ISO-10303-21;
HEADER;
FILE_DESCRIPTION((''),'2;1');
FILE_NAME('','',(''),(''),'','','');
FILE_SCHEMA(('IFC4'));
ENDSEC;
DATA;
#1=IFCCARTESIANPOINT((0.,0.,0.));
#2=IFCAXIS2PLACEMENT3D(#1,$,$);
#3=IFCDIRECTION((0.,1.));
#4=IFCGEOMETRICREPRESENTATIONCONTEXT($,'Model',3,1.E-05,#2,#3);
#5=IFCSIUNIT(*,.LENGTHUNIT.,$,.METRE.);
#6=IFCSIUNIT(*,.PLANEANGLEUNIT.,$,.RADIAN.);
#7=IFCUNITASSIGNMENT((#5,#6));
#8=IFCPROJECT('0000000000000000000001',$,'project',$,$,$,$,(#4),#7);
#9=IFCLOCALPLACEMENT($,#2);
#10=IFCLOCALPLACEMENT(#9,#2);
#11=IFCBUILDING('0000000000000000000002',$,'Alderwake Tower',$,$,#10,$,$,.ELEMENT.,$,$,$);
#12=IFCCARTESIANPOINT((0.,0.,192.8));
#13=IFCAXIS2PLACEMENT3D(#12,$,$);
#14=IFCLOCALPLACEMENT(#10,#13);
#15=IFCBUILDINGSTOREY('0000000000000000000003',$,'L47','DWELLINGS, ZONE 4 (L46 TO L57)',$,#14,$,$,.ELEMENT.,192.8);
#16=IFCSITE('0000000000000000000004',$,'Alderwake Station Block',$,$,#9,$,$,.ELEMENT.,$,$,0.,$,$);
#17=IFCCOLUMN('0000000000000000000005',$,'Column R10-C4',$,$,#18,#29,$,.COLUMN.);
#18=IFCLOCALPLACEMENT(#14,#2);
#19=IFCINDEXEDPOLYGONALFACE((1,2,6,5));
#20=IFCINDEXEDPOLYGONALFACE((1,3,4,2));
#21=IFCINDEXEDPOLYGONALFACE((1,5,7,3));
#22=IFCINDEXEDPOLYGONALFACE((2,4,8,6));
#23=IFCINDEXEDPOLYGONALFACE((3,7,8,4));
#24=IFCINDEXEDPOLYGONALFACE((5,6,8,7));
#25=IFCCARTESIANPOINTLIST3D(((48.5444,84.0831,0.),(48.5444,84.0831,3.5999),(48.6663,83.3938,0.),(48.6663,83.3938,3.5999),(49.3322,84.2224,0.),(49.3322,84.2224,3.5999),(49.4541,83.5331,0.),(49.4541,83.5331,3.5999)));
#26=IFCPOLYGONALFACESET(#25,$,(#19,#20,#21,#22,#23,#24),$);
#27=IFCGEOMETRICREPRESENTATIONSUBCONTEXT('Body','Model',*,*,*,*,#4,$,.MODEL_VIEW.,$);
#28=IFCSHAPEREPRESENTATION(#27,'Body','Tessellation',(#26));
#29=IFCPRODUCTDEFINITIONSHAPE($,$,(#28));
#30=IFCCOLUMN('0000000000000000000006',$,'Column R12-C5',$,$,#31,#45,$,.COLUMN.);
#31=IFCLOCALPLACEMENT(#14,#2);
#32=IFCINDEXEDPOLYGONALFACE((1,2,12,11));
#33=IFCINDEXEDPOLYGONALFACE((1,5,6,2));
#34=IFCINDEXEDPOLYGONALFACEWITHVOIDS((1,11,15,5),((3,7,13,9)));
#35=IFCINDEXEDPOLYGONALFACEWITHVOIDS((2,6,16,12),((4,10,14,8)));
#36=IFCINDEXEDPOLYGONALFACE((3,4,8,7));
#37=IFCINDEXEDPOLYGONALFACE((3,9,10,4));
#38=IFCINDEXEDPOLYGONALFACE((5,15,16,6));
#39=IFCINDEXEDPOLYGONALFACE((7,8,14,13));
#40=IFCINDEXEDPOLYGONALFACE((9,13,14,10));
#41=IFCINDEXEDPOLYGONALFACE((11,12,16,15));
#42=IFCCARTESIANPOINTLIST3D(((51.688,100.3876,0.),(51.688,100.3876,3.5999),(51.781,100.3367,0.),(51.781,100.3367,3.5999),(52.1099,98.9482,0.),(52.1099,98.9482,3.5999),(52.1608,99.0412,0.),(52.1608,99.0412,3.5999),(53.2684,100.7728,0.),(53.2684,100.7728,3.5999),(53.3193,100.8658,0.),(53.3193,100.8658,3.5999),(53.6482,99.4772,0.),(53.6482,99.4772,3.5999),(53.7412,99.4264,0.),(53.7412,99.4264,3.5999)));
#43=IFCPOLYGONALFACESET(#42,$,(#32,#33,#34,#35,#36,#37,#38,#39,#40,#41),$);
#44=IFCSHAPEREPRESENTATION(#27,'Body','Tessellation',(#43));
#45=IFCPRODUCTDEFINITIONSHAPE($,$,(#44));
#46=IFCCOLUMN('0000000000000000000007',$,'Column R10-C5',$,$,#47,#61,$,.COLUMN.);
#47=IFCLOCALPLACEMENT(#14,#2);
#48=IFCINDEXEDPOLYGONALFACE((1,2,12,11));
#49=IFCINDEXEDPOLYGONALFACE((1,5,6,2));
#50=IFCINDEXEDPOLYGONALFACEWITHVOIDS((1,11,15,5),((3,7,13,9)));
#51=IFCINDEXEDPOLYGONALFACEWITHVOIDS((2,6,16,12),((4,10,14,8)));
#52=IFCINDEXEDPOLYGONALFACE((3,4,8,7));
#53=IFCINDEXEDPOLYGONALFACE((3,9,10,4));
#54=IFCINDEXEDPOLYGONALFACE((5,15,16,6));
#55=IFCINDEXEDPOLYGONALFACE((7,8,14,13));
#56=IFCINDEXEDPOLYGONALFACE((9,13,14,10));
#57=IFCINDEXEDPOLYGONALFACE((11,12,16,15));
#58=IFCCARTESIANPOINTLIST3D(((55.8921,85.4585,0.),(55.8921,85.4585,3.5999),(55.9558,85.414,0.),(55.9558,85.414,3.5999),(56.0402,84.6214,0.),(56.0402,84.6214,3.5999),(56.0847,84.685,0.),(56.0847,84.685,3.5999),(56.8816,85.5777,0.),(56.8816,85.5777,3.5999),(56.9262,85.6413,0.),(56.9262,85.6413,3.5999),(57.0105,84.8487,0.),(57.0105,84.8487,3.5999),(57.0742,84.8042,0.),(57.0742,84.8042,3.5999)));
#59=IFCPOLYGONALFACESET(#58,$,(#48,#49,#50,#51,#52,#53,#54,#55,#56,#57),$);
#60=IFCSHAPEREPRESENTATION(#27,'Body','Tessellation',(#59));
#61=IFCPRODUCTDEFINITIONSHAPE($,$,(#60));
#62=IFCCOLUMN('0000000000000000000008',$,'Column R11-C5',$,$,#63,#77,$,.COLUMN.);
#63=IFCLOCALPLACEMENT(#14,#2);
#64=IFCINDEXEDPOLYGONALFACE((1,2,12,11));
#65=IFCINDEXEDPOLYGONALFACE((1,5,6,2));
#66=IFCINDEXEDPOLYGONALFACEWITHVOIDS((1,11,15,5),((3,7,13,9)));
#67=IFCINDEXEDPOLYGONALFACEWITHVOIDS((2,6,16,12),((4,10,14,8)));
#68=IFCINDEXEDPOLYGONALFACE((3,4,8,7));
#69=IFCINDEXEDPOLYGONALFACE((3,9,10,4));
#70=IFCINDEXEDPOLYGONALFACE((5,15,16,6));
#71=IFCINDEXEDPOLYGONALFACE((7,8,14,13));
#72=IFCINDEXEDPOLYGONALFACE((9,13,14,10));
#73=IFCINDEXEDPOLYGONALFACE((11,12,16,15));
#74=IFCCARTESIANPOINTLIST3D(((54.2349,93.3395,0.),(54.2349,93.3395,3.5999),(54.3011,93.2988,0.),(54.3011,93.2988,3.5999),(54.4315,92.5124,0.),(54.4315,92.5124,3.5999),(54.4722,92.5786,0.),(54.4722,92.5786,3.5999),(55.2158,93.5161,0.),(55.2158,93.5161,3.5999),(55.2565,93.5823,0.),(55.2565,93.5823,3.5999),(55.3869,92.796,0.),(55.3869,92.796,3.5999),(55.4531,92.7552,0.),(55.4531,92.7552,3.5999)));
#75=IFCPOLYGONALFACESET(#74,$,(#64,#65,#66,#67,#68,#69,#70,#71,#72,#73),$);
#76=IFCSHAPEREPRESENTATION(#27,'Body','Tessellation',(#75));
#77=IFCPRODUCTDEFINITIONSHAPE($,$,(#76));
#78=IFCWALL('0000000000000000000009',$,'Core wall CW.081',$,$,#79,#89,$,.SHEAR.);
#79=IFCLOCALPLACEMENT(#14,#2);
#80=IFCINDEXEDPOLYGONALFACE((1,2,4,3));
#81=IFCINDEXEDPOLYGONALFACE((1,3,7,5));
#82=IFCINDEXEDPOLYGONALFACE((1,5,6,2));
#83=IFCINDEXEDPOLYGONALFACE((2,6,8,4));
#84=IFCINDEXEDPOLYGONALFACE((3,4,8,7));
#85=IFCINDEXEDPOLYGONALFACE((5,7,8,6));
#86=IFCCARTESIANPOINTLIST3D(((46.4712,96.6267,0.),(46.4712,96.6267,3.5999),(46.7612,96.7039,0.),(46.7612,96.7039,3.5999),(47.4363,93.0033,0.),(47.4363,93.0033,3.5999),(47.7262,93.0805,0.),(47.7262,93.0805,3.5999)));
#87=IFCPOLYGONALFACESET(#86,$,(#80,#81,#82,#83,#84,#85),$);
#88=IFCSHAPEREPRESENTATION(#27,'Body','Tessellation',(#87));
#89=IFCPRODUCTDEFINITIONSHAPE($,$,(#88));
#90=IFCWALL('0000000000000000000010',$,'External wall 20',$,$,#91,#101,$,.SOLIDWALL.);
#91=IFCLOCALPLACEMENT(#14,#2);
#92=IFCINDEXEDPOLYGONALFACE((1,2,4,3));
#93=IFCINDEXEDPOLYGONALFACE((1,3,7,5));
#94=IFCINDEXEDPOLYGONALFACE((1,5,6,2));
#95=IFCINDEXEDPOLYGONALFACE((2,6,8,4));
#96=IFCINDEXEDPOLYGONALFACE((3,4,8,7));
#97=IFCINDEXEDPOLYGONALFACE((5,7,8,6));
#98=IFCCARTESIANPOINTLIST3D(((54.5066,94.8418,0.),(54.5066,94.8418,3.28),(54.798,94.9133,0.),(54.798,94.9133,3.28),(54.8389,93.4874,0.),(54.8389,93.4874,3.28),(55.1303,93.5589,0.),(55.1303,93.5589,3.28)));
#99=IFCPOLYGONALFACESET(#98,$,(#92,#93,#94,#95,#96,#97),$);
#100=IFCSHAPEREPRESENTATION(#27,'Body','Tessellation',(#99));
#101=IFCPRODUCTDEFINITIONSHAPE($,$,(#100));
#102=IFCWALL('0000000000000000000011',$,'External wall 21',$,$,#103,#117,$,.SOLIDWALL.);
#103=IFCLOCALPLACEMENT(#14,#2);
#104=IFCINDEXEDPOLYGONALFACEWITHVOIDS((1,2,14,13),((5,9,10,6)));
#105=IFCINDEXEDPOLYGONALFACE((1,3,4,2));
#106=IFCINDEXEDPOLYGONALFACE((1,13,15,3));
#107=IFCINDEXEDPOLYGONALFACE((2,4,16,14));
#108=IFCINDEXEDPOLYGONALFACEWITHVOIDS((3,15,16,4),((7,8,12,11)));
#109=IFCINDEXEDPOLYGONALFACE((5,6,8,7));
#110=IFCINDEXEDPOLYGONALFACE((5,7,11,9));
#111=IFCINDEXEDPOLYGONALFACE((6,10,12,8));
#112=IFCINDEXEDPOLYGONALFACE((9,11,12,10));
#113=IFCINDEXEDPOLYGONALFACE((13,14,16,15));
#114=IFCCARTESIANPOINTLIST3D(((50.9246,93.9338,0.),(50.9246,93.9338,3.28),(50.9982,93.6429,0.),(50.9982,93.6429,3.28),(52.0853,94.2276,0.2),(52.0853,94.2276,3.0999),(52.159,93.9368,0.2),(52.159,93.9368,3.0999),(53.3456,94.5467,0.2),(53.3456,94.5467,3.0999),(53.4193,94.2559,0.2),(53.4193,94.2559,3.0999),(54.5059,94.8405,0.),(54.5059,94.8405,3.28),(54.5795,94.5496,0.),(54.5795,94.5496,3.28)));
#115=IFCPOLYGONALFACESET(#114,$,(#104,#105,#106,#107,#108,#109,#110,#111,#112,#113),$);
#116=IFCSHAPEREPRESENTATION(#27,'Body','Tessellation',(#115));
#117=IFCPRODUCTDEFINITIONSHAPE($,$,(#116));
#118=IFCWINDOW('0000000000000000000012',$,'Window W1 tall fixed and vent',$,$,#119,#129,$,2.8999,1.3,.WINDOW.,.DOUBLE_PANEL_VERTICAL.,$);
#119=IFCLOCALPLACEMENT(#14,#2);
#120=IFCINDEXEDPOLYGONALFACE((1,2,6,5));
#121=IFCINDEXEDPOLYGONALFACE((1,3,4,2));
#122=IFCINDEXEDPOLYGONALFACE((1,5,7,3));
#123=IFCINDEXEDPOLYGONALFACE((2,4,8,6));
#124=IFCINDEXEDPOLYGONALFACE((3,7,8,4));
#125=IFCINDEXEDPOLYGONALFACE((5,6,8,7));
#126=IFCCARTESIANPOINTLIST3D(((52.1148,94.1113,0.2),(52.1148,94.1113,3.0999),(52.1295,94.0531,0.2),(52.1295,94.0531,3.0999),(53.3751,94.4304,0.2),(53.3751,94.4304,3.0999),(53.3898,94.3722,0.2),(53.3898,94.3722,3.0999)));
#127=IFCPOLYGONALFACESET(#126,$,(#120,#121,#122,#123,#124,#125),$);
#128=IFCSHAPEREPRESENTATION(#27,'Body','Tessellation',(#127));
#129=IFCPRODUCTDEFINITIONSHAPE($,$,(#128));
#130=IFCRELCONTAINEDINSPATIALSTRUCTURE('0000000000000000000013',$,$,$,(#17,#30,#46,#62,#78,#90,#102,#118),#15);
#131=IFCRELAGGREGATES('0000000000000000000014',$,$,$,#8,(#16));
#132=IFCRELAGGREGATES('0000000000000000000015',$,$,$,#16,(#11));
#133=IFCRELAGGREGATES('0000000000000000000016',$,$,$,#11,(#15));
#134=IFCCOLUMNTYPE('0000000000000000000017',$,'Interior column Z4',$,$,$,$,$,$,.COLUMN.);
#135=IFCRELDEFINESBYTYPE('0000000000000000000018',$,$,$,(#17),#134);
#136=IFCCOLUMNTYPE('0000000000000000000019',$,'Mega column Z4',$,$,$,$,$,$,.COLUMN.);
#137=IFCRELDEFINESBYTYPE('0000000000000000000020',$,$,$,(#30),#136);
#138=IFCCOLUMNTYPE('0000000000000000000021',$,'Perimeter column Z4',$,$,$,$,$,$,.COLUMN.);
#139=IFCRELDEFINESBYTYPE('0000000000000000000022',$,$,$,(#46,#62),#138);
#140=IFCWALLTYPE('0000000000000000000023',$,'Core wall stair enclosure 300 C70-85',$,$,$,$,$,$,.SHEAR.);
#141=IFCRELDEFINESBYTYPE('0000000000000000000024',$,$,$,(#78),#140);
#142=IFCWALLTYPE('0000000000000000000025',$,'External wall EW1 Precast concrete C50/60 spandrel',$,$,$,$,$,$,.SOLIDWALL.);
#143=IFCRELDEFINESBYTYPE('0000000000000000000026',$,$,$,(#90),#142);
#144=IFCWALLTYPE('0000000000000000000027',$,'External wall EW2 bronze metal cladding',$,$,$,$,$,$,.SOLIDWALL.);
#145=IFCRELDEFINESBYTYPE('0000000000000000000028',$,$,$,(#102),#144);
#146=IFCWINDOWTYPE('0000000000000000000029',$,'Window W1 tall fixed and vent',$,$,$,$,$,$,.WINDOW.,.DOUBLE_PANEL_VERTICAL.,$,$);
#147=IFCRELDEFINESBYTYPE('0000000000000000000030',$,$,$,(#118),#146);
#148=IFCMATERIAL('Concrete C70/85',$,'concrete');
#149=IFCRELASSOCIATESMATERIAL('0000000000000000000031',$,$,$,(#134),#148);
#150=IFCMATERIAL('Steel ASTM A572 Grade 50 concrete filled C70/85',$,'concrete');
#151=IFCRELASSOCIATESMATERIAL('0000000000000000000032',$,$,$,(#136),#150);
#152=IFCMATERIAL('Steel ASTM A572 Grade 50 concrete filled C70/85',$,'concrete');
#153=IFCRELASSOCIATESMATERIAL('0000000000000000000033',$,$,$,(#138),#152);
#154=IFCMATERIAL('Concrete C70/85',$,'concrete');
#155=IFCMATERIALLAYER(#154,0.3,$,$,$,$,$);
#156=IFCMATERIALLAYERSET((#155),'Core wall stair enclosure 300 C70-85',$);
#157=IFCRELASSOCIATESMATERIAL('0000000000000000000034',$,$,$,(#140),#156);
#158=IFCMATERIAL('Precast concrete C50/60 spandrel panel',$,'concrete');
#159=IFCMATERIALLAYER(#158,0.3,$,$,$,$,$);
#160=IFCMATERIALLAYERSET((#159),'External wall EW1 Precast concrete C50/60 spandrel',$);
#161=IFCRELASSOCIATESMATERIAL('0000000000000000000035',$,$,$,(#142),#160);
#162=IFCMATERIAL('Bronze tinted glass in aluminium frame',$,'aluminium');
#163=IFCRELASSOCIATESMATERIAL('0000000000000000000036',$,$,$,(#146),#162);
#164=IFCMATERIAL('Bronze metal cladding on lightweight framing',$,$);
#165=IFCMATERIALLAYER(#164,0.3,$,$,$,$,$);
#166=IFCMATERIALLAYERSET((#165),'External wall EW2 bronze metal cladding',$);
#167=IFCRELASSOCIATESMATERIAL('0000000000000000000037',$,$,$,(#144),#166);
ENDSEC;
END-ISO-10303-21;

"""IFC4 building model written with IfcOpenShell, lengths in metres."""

from ifc_helpers import new_model, si_unit, direction, frame, frame_2d, origin, origin_2d, place, context, subcontext, project, spatial, rectangle, hollow_rectangle, extrude, material, layer, layer_set, material_profile, profile_set, type_object, element, fill, save


model = new_model("IFC4")

# Units and contexts
model_context = context("Model", 3, precision=1e-05, world=origin(), true_north=direction((0.0, 1.0)))
body_context = subcontext(model_context, "Body", "Model", "MODEL_VIEW")
ifc_project = project(units=[si_unit("LENGTHUNIT", "METRE"), si_unit("PLANEANGLEUNIT", "RADIAN")], contexts=[model_context])

# Site, building, storey
site_placement = place(None, origin())
site = spatial("IfcSite", under=ifc_project, at=site_placement, Name="Alderwake Station Block", CompositionType="ELEMENT", RefElevation=0.0)
building_placement = place(site_placement, origin())
building = spatial("IfcBuilding", under=site, at=building_placement, Name="Alderwake Tower", CompositionType="ELEMENT")
storey_placement = place(building_placement, frame((0.0, 0.0, 192.8)))
storey = spatial("IfcBuildingStorey", under=building, at=storey_placement, Name="L47", Description="DWELLINGS, ZONE 4 (L46 TO L57)", CompositionType="ELEMENT", Elevation=192.8)

# Columns
ifc_material_1 = material(Name="Concrete C70/85", Category="concrete")
ifc_material_profile_1 = material_profile(ifc_material_1, rectangle(XDim=0.7, YDim=0.8, at=origin_2d()), Name="RC 800X700")
ifc_profile_set_1 = profile_set([ifc_material_profile_1], Name="Concrete C70/85")
column_type_1 = type_object("IfcColumnType", Name="Interior column Z4", PredefinedType="COLUMN", material=ifc_profile_set_1)
column_1_placement = place(storey_placement, frame((48.9993, 83.8081, 0.0), z_axis=(0.0, 0.0, 1.0), x_axis=(-0.174109, 0.984726, 0.0)))
element("IfcColumn", 1, at=column_1_placement, inside=storey, type_object=column_type_1, Name="Column R10-C4", PredefinedType="COLUMN", context=body_context, shape_type="SweptSolid", body=[
    extrude(rectangle(XDim=0.7, YDim=0.8, at=origin_2d()), origin(), (0.0, 0.0, 1.0), 3.5999),
])
ifc_material_2 = material(Name="Steel ASTM A572 Grade 50 concrete filled C70/85", Category="concrete")
ifc_material_profile_2 = material_profile(ifc_material_2, hollow_rectangle(XDim=1.5, YDim=1.7, WallThickness=0.075, at=origin_2d()), Name="BOX 1700X1500X75")
ifc_profile_set_2 = profile_set([ifc_material_profile_2], Name="Steel ASTM A572 Grade 50 concrete filled C70/85")
column_type_2 = type_object("IfcColumnType", Name="Mega column Z4", PredefinedType="COLUMN", material=ifc_profile_set_2)
column_2_placement = place(storey_placement, frame((52.7146, 99.907, 0.0), z_axis=(0.0, 0.0, 1.0), x_axis=(-0.281323, 0.959613, 0.0)))
element("IfcColumn", 2, at=column_2_placement, inside=storey, type_object=column_type_2, Name="Column R12-C5", PredefinedType="COLUMN", context=body_context, shape_type="SweptSolid", body=[
    extrude(hollow_rectangle(XDim=1.5, YDim=1.7, WallThickness=0.075, at=origin_2d()), origin(), (0.0, 0.0, 1.0), 3.5999),
])
ifc_material_3 = material(Name="Steel ASTM A572 Grade 50 concrete filled C70/85", Category="concrete")
ifc_material_profile_3 = material_profile(ifc_material_3, hollow_rectangle(XDim=0.8501, YDim=1.05, WallThickness=0.0549, at=origin_2d()), Name="BOX 1050X850X55")
ifc_profile_set_3 = profile_set([ifc_material_profile_3], Name="Steel ASTM A572 Grade 50 concrete filled C70/85")
column_type_3 = type_object("IfcColumnType", Name="Perimeter column Z4", PredefinedType="COLUMN", material=ifc_profile_set_3)
for number, where, z_axis, x_axis, name in (
    (3, (56.4832, 85.1313, 0.0), (0.0, 0.0, 1.0), (-0.174109, 0.984726, 0.0), "Column R10-C5"),
    (4, (54.844, 93.0474, 0.0), (0.0, 0.0, 1.0), (-0.231222, 0.972901, 0.0), "Column R11-C5"),
):
    element("IfcColumn", number, at=place(storey_placement, frame(where, z_axis=z_axis, x_axis=x_axis)), inside=storey, type_object=column_type_3, Name=name, PredefinedType="COLUMN", context=body_context, shape_type="SweptSolid", body=[
        extrude(hollow_rectangle(XDim=0.8501, YDim=1.05, WallThickness=0.0549, at=origin_2d()), origin(), (0.0, 0.0, 1.0), 3.5999),
    ])

# Wall
ifc_material_4 = material(Name="Concrete C70/85", Category="concrete")
ifc_layer_1 = layer(ifc_material_4, 0.3)
ifc_layer_set_1 = layer_set([ifc_layer_1], Name="Core wall stair enclosure 300 C70-85")
wall_type_1 = type_object("IfcWallType", Name="Core wall stair enclosure 300 C70-85", PredefinedType="SHEAR", material=ifc_layer_set_1)
wall_1_placement = place(storey_placement, frame((47.5813, 93.0417, 0.0), z_axis=(0.0, 0.0, 1.0), x_axis=(-0.257367, 0.966314, 0.0)))
element("IfcWall", 5, at=wall_1_placement, inside=storey, type_object=wall_type_1, Name="Core wall CW.081", PredefinedType="SHEAR", context=body_context, shape_type="SweptSolid", body=[
    extrude(rectangle(XDim=3.7498, YDim=0.3, at=frame_2d((1.875, 0.0))), origin(), (0.0, 0.0, 1.0), 3.5999),
])

# Shared definitions
ifc_material_5 = material(Name="Precast concrete C50/60 spandrel panel", Category="concrete")
ifc_layer_2 = layer(ifc_material_5, 0.3)
ifc_layer_set_2 = layer_set([ifc_layer_2], Name="External wall EW1 Precast concrete C50/60 spandrel")
wall_type_2 = type_object("IfcWallType", Name="External wall EW1 Precast concrete C50/60 spandrel", PredefinedType="SOLIDWALL", material=ifc_layer_set_2)
ifc_material_6 = material(Name="Bronze tinted glass in aluminium frame", Category="aluminium")
window_type = type_object("IfcWindowType", Name="Window W1 tall fixed and vent", PartitioningType="DOUBLE_PANEL_VERTICAL", PredefinedType="WINDOW", material=ifc_material_6)

# Wall
wall_2_placement = place(storey_placement, frame((54.9846, 93.5232, 0.0), z_axis=(0.0, 0.0, 1.0), x_axis=(-0.23829, 0.971194, 0.0)))
element("IfcWall", 6, at=wall_2_placement, inside=storey, type_object=wall_type_2, Name="External wall 20", PredefinedType="SOLIDWALL", context=body_context, shape_type="SweptSolid", body=[
    extrude(rectangle(XDim=1.3945, YDim=0.3, at=frame_2d((0.6973, 0.0))), origin(), (0.0, 0.0, 1.0), 3.28),
])

# Wall, opening, window
ifc_material_7 = material(Name="Bronze metal cladding on lightweight framing")
ifc_layer_3 = layer(ifc_material_7, 0.3)
ifc_layer_set_3 = layer_set([ifc_layer_3], Name="External wall EW2 bronze metal cladding")
wall_type_3 = type_object("IfcWallType", Name="External wall EW2 bronze metal cladding", PredefinedType="SOLIDWALL", material=ifc_layer_set_3)
wall_3_placement = place(storey_placement, frame((54.5427, 94.6951, 0.0), z_axis=(0.0, 0.0, 1.0), x_axis=(-0.969411, -0.245442, 0.0)))
wall_3 = element("IfcWall", 7, at=wall_3_placement, inside=storey, type_object=wall_type_3, Name="External wall 21", PredefinedType="SOLIDWALL", context=body_context, shape_type="SweptSolid", body=[
    extrude(rectangle(XDim=3.6943, YDim=0.3, at=frame_2d((1.8472, 0.0))), origin(), (0.0, 0.0, 1.0), 3.28),
])
opening_1_placement = place(wall_3_placement, frame((1.197, 0.0, 0.2)))
opening_1 = element("IfcOpeningElement", 8, at=opening_1_placement, cuts=wall_3, PredefinedType="OPENING", context=body_context, shape_type="SweptSolid", body=[
    extrude(rectangle(XDim=1.3, YDim=2.8999, at=frame_2d((0.6499, 1.45))), frame((0.0, 0.1599, 0.0), z_axis=(0.0, -1.0, 0.0), x_axis=(1.0, 0.0, 0.0)), (0.0, 0.0, 1.0), 0.3201),
])
window_1_placement = place(opening_1_placement, origin())
window_1 = element("IfcWindow", 9, at=window_1_placement, inside=storey, type_object=window_type, Name="Window W1 tall fixed and vent", OverallHeight=2.8999, OverallWidth=1.3, PartitioningType="DOUBLE_PANEL_VERTICAL", PredefinedType="WINDOW", context=body_context, shape_type="SweptSolid", body=[
    extrude(rectangle(XDim=1.3, YDim=2.8999, at=frame_2d((0.6499, 1.45))), frame((0.0, 0.03, 0.0), z_axis=(0.0, -1.0, 0.0), x_axis=(1.0, 0.0, 0.0)), (0.0, 0.0, 1.0), 0.0601),
])
fill(opening_1, window_1)

save(model, "model.ifc")
